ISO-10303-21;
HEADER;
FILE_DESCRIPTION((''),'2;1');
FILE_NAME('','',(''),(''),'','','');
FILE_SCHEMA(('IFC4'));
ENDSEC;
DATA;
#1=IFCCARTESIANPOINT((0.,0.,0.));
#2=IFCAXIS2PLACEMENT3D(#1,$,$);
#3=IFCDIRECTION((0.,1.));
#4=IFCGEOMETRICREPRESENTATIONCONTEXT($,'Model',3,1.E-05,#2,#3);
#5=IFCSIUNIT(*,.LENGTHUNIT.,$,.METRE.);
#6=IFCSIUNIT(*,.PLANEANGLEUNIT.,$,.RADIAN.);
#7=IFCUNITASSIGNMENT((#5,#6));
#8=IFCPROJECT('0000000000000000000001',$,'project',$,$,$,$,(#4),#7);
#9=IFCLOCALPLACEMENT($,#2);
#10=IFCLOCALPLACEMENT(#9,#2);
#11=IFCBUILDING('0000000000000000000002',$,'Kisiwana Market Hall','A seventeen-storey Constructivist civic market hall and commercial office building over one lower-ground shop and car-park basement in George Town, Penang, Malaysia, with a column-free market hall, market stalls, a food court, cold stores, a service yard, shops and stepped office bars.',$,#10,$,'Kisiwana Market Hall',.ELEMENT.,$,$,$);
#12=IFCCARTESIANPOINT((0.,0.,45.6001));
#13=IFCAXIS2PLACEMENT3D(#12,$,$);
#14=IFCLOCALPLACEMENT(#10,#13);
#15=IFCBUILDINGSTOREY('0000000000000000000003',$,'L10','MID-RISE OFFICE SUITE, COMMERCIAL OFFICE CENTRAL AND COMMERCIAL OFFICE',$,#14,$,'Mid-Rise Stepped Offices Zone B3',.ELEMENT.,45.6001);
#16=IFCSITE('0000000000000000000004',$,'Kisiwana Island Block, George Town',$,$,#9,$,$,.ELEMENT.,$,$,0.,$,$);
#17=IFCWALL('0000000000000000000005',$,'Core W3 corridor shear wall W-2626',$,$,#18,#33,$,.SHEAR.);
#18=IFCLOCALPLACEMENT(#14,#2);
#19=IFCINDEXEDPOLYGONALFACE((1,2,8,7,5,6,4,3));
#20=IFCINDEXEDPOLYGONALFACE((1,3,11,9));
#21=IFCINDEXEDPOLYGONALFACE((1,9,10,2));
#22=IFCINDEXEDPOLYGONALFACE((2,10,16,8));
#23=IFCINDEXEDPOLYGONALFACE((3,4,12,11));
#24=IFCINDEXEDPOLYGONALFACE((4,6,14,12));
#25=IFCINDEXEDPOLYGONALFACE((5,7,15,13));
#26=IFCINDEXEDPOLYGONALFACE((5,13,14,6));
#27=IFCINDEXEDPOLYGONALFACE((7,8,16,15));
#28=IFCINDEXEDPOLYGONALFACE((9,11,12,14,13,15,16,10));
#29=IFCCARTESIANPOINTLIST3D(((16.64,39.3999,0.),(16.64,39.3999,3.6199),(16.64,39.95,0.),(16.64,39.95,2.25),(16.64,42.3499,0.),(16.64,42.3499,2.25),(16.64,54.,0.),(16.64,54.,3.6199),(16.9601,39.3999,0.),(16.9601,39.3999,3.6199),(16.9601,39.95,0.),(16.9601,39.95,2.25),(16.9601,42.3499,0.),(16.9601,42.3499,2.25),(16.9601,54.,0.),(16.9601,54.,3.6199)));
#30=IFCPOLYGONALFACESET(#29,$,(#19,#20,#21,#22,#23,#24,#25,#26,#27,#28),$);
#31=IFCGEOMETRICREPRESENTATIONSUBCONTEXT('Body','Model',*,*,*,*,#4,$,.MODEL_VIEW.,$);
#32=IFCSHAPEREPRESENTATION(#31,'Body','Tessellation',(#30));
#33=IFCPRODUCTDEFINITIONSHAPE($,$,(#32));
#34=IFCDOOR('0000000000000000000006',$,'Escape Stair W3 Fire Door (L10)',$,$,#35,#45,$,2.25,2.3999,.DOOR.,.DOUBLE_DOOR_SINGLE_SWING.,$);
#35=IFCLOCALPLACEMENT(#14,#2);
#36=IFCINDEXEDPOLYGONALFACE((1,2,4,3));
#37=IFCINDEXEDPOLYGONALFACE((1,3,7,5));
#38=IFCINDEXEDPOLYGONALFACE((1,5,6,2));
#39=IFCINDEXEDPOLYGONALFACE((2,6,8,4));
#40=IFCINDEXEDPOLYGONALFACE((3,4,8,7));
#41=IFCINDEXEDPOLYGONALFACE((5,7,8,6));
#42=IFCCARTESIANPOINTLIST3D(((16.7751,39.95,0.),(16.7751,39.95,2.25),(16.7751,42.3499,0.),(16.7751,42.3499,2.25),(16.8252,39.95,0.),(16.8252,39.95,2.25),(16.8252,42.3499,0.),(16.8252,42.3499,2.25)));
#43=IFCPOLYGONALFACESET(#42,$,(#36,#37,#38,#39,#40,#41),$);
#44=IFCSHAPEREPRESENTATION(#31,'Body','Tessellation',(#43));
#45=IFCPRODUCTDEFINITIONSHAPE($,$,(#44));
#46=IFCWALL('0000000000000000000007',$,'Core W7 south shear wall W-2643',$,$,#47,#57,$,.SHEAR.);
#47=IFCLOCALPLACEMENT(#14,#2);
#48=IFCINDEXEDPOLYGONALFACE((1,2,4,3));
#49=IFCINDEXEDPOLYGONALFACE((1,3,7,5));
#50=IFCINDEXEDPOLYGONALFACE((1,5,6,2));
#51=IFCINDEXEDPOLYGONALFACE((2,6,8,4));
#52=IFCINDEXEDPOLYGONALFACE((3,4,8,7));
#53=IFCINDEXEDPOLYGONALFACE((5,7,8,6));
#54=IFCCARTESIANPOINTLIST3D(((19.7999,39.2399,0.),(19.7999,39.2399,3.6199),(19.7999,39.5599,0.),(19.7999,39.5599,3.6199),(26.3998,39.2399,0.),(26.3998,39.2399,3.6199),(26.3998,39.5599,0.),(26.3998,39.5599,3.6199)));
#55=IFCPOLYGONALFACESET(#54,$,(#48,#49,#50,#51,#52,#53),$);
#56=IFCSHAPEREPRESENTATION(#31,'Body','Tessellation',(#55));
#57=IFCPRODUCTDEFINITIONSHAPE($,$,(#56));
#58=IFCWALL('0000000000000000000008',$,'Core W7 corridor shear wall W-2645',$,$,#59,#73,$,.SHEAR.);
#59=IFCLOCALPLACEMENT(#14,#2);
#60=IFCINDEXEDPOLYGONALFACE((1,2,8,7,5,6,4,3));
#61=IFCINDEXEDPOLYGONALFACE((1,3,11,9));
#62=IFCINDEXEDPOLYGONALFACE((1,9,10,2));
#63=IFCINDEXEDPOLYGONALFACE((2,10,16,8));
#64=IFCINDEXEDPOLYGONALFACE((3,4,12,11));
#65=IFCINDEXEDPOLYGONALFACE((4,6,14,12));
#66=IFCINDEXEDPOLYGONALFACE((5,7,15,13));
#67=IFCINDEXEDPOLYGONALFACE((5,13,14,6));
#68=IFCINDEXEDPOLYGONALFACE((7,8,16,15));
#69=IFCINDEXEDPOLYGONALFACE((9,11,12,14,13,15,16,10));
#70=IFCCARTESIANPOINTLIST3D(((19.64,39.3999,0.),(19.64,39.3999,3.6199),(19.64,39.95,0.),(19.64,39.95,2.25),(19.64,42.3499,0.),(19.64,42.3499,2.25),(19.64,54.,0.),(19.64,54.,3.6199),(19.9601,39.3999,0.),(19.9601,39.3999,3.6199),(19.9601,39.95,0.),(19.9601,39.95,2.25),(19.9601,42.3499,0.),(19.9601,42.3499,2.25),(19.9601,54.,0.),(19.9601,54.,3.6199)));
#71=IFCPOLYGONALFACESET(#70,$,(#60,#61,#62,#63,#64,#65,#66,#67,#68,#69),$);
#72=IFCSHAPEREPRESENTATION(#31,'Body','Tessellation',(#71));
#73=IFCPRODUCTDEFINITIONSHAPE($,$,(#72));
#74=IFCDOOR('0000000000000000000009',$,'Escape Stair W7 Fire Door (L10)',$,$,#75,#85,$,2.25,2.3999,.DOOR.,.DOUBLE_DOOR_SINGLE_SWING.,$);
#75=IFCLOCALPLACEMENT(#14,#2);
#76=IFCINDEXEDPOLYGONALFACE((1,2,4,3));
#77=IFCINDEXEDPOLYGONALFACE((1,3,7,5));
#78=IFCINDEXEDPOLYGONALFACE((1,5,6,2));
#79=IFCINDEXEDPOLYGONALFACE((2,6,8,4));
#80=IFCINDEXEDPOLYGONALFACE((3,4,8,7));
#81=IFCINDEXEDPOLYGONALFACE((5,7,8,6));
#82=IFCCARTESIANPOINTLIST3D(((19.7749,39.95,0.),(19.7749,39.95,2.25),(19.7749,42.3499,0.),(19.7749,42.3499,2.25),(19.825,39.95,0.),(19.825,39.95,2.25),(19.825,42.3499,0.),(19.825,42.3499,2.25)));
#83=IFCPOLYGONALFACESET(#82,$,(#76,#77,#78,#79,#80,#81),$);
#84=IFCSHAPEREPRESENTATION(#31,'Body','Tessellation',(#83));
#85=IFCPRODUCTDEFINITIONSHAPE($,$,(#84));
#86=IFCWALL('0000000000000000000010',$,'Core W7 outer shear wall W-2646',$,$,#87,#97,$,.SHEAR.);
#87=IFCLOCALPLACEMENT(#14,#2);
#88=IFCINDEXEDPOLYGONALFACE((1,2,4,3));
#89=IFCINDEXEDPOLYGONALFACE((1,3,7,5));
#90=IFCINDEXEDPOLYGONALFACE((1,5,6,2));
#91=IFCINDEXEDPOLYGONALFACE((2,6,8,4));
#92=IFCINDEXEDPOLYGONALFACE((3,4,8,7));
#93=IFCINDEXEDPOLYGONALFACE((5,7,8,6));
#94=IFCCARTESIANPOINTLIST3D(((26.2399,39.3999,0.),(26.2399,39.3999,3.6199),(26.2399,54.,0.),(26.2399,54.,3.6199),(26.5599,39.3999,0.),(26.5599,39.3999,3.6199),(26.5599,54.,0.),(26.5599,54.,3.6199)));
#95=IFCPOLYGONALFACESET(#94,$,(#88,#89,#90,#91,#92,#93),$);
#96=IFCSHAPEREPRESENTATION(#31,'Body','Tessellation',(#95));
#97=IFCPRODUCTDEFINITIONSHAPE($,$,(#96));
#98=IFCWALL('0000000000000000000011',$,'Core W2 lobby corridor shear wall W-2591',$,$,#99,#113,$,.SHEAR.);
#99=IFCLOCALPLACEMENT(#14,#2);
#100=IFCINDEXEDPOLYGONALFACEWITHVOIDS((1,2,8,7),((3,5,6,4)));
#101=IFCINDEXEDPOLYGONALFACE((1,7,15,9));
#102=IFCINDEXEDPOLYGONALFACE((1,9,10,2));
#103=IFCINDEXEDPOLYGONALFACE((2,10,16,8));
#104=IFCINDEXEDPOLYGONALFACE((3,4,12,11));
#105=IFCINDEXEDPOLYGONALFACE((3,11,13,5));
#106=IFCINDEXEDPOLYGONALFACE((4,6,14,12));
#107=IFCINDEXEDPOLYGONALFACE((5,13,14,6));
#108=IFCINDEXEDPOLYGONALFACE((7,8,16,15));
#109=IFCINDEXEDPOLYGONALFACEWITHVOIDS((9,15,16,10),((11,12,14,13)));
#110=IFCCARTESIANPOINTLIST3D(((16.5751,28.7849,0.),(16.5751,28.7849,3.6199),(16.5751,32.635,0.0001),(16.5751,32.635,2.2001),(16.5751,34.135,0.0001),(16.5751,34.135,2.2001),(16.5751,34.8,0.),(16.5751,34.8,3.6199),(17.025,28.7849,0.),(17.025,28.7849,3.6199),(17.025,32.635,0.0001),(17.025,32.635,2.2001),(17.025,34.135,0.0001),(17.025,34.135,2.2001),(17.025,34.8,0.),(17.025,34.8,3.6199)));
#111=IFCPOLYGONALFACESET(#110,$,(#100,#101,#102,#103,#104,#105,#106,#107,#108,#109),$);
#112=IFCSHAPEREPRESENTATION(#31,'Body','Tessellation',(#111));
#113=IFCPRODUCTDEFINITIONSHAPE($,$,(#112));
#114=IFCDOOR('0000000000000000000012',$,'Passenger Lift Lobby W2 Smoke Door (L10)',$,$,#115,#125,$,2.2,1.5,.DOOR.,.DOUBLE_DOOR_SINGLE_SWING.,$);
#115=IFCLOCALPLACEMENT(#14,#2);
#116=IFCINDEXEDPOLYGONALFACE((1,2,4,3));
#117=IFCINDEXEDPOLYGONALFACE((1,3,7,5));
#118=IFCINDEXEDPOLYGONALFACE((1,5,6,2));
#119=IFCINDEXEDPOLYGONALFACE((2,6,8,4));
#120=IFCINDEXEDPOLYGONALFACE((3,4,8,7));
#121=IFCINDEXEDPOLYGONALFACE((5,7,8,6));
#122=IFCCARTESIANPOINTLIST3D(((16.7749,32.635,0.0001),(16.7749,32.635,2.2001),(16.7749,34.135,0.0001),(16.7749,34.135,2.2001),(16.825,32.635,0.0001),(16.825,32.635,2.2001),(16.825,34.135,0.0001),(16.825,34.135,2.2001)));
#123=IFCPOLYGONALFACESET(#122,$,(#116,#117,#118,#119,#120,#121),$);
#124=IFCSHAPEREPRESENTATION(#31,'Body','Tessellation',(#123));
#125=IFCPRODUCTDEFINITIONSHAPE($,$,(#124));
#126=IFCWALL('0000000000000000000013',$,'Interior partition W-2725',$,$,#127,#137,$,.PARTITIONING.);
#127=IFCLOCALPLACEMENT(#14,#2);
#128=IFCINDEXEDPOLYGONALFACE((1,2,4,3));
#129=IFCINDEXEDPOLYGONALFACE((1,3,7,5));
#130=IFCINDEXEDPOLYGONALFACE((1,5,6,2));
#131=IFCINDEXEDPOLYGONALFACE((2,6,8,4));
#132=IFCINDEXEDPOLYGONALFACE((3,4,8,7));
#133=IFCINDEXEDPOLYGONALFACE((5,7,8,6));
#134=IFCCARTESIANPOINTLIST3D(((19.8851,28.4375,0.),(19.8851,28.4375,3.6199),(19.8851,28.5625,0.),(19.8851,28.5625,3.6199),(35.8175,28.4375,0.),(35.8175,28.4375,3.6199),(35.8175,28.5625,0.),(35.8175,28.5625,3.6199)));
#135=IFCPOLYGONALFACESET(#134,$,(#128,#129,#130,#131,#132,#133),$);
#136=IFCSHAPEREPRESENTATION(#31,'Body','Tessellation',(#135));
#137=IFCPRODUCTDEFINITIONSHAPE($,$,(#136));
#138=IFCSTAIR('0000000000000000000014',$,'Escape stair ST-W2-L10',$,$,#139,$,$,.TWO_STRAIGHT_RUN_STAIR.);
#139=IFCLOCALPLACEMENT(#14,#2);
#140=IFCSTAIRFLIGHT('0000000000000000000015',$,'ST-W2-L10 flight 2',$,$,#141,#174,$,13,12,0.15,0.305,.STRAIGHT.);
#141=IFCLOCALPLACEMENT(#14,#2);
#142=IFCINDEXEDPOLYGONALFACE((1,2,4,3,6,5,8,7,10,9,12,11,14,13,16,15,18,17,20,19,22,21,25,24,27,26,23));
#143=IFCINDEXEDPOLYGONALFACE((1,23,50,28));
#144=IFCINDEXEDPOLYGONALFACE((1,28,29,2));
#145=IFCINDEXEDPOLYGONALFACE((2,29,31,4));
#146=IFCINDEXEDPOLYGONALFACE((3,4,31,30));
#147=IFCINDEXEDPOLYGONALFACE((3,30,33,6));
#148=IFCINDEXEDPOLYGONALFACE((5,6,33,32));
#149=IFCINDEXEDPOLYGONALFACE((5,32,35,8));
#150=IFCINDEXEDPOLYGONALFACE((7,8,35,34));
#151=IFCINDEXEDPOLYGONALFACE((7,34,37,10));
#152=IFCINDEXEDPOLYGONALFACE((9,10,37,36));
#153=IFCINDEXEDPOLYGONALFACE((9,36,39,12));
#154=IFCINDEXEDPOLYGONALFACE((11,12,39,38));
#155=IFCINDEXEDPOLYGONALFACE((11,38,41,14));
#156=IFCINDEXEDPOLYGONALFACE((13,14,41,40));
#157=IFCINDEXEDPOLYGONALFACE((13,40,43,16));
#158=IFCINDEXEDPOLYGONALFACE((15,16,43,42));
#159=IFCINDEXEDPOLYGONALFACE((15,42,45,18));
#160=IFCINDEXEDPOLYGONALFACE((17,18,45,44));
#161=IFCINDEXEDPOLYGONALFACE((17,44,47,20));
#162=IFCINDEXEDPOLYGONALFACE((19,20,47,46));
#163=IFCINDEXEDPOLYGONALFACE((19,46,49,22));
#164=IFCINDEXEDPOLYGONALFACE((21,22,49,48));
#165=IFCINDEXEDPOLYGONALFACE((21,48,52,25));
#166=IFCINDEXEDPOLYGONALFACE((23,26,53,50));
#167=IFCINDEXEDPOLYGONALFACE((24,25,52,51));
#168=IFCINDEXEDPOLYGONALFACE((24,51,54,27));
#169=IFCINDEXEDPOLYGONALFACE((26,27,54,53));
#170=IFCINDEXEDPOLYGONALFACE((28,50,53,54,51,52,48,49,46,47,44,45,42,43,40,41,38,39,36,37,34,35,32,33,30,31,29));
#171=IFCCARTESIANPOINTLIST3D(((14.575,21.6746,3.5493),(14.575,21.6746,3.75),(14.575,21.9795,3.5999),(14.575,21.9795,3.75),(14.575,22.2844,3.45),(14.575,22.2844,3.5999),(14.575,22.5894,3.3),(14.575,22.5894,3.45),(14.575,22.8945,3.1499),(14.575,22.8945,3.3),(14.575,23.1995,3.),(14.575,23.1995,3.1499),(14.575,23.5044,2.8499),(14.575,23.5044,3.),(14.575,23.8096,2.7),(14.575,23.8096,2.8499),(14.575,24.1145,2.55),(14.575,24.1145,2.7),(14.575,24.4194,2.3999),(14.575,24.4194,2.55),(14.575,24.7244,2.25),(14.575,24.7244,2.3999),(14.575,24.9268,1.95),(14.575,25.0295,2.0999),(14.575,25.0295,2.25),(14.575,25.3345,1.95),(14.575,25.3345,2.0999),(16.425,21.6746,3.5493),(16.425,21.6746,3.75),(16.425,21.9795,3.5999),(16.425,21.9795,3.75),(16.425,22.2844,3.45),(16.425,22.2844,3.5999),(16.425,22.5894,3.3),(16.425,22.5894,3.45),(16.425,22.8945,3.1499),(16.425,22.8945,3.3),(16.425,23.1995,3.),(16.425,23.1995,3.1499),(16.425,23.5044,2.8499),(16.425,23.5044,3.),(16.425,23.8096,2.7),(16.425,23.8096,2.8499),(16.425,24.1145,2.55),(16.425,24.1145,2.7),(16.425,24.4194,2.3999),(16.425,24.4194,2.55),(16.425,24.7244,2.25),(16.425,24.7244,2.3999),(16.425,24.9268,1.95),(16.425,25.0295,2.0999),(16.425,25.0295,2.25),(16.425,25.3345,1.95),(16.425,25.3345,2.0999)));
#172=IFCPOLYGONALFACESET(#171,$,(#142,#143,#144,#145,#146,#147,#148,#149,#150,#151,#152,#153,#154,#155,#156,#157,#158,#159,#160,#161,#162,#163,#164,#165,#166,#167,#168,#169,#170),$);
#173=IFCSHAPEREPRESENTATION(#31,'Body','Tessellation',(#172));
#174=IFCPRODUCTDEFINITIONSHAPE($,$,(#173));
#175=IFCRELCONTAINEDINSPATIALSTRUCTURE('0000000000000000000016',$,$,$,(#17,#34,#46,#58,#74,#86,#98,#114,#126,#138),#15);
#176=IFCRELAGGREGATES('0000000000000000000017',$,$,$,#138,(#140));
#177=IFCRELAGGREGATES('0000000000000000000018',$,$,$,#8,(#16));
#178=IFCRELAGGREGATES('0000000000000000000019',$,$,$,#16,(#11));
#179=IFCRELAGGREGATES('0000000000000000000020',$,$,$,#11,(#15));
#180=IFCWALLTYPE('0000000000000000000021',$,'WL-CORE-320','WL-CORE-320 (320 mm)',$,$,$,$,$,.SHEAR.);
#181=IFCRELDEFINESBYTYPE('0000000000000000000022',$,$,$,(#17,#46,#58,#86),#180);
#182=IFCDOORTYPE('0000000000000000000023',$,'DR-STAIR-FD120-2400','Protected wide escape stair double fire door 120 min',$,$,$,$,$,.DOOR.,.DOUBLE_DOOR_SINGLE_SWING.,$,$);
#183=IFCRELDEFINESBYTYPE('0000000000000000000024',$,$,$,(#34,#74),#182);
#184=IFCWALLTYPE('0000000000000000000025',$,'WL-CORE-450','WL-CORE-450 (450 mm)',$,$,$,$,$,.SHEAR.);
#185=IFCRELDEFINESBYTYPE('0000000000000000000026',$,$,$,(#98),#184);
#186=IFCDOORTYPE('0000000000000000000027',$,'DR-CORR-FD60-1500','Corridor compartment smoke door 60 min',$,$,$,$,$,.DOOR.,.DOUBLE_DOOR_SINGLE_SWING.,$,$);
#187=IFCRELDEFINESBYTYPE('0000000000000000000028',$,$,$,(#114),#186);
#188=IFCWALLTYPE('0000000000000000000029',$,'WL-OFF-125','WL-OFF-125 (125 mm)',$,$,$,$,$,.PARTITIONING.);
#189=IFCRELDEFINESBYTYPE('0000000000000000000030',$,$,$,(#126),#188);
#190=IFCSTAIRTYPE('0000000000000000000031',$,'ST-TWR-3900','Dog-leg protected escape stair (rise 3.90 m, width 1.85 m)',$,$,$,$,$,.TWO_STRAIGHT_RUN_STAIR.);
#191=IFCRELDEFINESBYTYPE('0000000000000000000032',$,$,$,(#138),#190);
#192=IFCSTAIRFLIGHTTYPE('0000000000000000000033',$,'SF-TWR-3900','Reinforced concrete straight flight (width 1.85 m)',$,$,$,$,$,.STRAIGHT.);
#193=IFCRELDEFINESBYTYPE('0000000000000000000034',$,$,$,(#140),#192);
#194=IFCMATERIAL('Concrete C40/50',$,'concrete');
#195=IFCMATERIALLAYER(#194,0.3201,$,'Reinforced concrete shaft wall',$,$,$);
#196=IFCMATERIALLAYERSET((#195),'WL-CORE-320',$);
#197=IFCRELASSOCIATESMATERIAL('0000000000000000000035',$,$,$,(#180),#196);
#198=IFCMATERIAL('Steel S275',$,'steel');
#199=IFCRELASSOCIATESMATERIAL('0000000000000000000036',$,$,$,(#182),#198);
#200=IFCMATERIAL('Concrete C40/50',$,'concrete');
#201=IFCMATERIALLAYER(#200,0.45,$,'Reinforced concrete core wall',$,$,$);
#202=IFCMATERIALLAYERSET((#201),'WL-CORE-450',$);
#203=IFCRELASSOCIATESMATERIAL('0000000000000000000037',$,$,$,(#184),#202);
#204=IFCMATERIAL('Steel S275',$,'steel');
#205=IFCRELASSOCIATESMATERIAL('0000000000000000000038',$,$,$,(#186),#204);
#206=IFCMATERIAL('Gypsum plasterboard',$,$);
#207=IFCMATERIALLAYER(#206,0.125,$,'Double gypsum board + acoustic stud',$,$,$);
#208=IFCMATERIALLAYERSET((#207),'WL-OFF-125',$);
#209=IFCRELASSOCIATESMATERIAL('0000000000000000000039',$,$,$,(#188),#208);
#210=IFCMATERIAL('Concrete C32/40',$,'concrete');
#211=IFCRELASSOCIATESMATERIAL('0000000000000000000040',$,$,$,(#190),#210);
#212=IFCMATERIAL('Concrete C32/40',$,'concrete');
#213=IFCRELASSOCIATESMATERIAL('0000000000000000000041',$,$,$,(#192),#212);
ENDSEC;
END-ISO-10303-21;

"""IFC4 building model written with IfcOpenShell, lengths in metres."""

from ifc_helpers import new_model, si_unit, direction, frame, frame_2d, origin, place, context, subcontext, project, spatial, polyline, rectangle, outline, extrude, material, layer, layer_set, type_object, element, fill, aggregate, save


model = new_model("IFC4")

# Units and contexts
model_context = context("Model", 3, precision=1e-05, world=origin(), true_north=direction((0.0, 1.0)))
body_context = subcontext(model_context, "Body", "Model", "MODEL_VIEW")
ifc_project = project(units=[si_unit("LENGTHUNIT", "METRE"), si_unit("PLANEANGLEUNIT", "RADIAN")], contexts=[model_context])

# Site, building, storey
site_placement = place(None, origin())
site = spatial("IfcSite", under=ifc_project, at=site_placement, Name="Kisiwana Island Block, George Town", CompositionType="ELEMENT", RefElevation=0.0)
building_placement = place(site_placement, origin())
building = spatial("IfcBuilding", under=site, at=building_placement, Name="Kisiwana Market Hall", Description="A seventeen-storey Constructivist civic market hall and commercial office building over one lower-ground shop and car-park basement in George Town, Penang, Malaysia, with a column-free market hall, market stalls, a food court, cold stores, a service yard, shops and stepped office bars.", LongName="Kisiwana Market Hall", CompositionType="ELEMENT")
storey_placement = place(building_placement, frame((0.0, 0.0, 45.6001)))
storey = spatial("IfcBuildingStorey", under=building, at=storey_placement, Name="L10", Description="MID-RISE OFFICE SUITE, COMMERCIAL OFFICE CENTRAL AND COMMERCIAL OFFICE", LongName="Mid-Rise Stepped Offices Zone B3", CompositionType="ELEMENT", Elevation=45.6001)

# Wall, opening, door
ifc_material_1 = material(Name="Concrete C40/50", Category="concrete")
ifc_layer_1 = layer(ifc_material_1, 0.3201, Name="Reinforced concrete shaft wall")
ifc_layer_set_1 = layer_set([ifc_layer_1], Name="WL-CORE-320")
wall_type_1 = type_object("IfcWallType", Name="WL-CORE-320", Description="WL-CORE-320 (320 mm)", PredefinedType="SHEAR", material=ifc_layer_set_1)
wall_1_placement = place(storey_placement, frame((16.8, 39.3999, 0.0), z_axis=(0.0, 0.0, 1.0), x_axis=(0.0, 1.0, 0.0)))
wall_1 = element("IfcWall", 1, at=wall_1_placement, inside=storey, type_object=wall_type_1, Name="Core W3 corridor shear wall W-2626", PredefinedType="SHEAR", context=body_context, shape_type="SweptSolid", body=[
    extrude(rectangle(XDim=14.6001, YDim=0.3201, at=frame_2d((7.3, 0.0))), origin(), (0.0, 0.0, 1.0), 3.6199),
])
opening_1_placement = place(wall_1_placement, frame((0.55, 0.0, 0.0)))
opening_1 = element("IfcOpeningElement", 2, at=opening_1_placement, cuts=wall_1, PredefinedType="OPENING", context=body_context, shape_type="SweptSolid", body=[
    extrude(rectangle(XDim=2.3999, YDim=2.25, at=frame_2d((1.2, 1.125))), frame((0.0, 0.1719, 0.0), z_axis=(0.0, -1.0, 0.0), x_axis=(1.0, 0.0, 0.0)), (0.0, 0.0, 1.0), 0.344),
])
ifc_material_2 = material(Name="Steel S275", Category="steel")
door_type_1 = type_object("IfcDoorType", Name="DR-STAIR-FD120-2400", Description="Protected wide escape stair double fire door 120 min", OperationType="DOUBLE_DOOR_SINGLE_SWING", PredefinedType="DOOR", material=ifc_material_2)
door_1_placement = place(opening_1_placement, origin())
door_1 = element("IfcDoor", 3, at=door_1_placement, inside=storey, type_object=door_type_1, Name="Escape Stair W3 Fire Door (L10)", OperationType="DOUBLE_DOOR_SINGLE_SWING", OverallHeight=2.25, OverallWidth=2.3999, PredefinedType="DOOR", context=body_context, shape_type="SweptSolid", body=[
    extrude(rectangle(XDim=2.3999, YDim=2.25, at=frame_2d((1.2, 1.125))), frame((0.0, 0.0249, 0.0), z_axis=(0.0, -1.0, 0.0), x_axis=(1.0, 0.0, 0.0)), (0.0, 0.0, 1.0), 0.05),
])
fill(opening_1, door_1)

# Wall
wall_2_placement = place(storey_placement, frame((19.8, 39.3999, 0.0), z_axis=(0.0, 0.0, 1.0), x_axis=(1.0, 0.0, 0.0)))
element("IfcWall", 4, at=wall_2_placement, inside=storey, type_object=wall_type_1, Name="Core W7 south shear wall W-2643", PredefinedType="SHEAR", context=body_context, shape_type="SweptSolid", body=[
    extrude(rectangle(XDim=6.5999, YDim=0.3201, at=frame_2d((3.2998, 0.0))), origin(), (0.0, 0.0, 1.0), 3.6199),
])

# Wall, opening, door
wall_3_placement = place(storey_placement, frame((19.8, 39.3999, 0.0), z_axis=(0.0, 0.0, 1.0), x_axis=(0.0, 1.0, 0.0)))
wall_3 = element("IfcWall", 5, at=wall_3_placement, inside=storey, type_object=wall_type_1, Name="Core W7 corridor shear wall W-2645", PredefinedType="SHEAR", context=body_context, shape_type="SweptSolid", body=[
    extrude(rectangle(XDim=14.6001, YDim=0.3201, at=frame_2d((7.3, 0.0))), origin(), (0.0, 0.0, 1.0), 3.6199),
])
opening_2_placement = place(wall_3_placement, frame((0.55, 0.0, 0.0)))
opening_2 = element("IfcOpeningElement", 6, at=opening_2_placement, cuts=wall_3, PredefinedType="OPENING", context=body_context, shape_type="SweptSolid", body=[
    extrude(rectangle(XDim=2.3999, YDim=2.25, at=frame_2d((1.2, 1.125))), frame((0.0, 0.1719, 0.0), z_axis=(0.0, -1.0, 0.0), x_axis=(1.0, 0.0, 0.0)), (0.0, 0.0, 1.0), 0.344),
])
door_2_placement = place(opening_2_placement, frame((2.3999, 0.0, 0.0), z_axis=(0.0, 0.0, 1.0), x_axis=(-1.0, 0.0, 0.0)))
door_2 = element("IfcDoor", 7, at=door_2_placement, inside=storey, type_object=door_type_1, Name="Escape Stair W7 Fire Door (L10)", OperationType="DOUBLE_DOOR_SINGLE_SWING", OverallHeight=2.25, OverallWidth=2.3999, PredefinedType="DOOR", context=body_context, shape_type="SweptSolid", body=[
    extrude(rectangle(XDim=2.3999, YDim=2.25, at=frame_2d((1.2, 1.125))), frame((0.0, 0.0249, 0.0), z_axis=(0.0, -1.0, 0.0), x_axis=(1.0, 0.0, 0.0)), (0.0, 0.0, 1.0), 0.05),
])
fill(opening_2, door_2)

# Wall
wall_4_placement = place(storey_placement, frame((26.3999, 39.3999, 0.0), z_axis=(0.0, 0.0, 1.0), x_axis=(0.0, 1.0, 0.0)))
element("IfcWall", 8, at=wall_4_placement, inside=storey, type_object=wall_type_1, Name="Core W7 outer shear wall W-2646", PredefinedType="SHEAR", context=body_context, shape_type="SweptSolid", body=[
    extrude(rectangle(XDim=14.6001, YDim=0.3201, at=frame_2d((7.3, 0.0))), origin(), (0.0, 0.0, 1.0), 3.6199),
])

# Wall, opening, door
ifc_material_3 = material(Name="Concrete C40/50", Category="concrete")
ifc_layer_2 = layer(ifc_material_3, 0.45, Name="Reinforced concrete core wall")
ifc_layer_set_2 = layer_set([ifc_layer_2], Name="WL-CORE-450")
wall_type_2 = type_object("IfcWallType", Name="WL-CORE-450", Description="WL-CORE-450 (450 mm)", PredefinedType="SHEAR", material=ifc_layer_set_2)
wall_5_placement = place(storey_placement, frame((16.8, 28.7849, 0.0), z_axis=(0.0, 0.0, 1.0), x_axis=(0.0, 1.0, 0.0)))
wall_5 = element("IfcWall", 9, at=wall_5_placement, inside=storey, type_object=wall_type_2, Name="Core W2 lobby corridor shear wall W-2591", PredefinedType="SHEAR", context=body_context, shape_type="SweptSolid", body=[
    extrude(rectangle(XDim=6.0151, YDim=0.45, at=frame_2d((3.0076, 0.0))), origin(), (0.0, 0.0, 1.0), 3.6199),
])
opening_3_placement = place(wall_5_placement, frame((3.8501, 0.0, 0.0)))
opening_3 = element("IfcOpeningElement", 10, at=opening_3_placement, cuts=wall_5, PredefinedType="OPENING", context=body_context, shape_type="SweptSolid", body=[
    extrude(rectangle(XDim=1.5, YDim=2.2, at=frame_2d((0.75, 1.1001))), frame((0.0, 0.2368, 0.0), z_axis=(0.0, -1.0, 0.0), x_axis=(1.0, 0.0, 0.0)), (0.0, 0.0, 1.0), 0.4739),
])
ifc_material_4 = material(Name="Steel S275", Category="steel")
door_type_2 = type_object("IfcDoorType", Name="DR-CORR-FD60-1500", Description="Corridor compartment smoke door 60 min", OperationType="DOUBLE_DOOR_SINGLE_SWING", PredefinedType="DOOR", material=ifc_material_4)
door_3_placement = place(opening_3_placement, frame((1.5, 0.0, 0.0), z_axis=(0.0, 0.0, 1.0), x_axis=(-1.0, 0.0, 0.0)))
door_3 = element("IfcDoor", 11, at=door_3_placement, inside=storey, type_object=door_type_2, Name="Passenger Lift Lobby W2 Smoke Door (L10)", OperationType="DOUBLE_DOOR_SINGLE_SWING", OverallHeight=2.2, OverallWidth=1.5, PredefinedType="DOOR", context=body_context, shape_type="SweptSolid", body=[
    extrude(rectangle(XDim=1.5, YDim=2.2, at=frame_2d((0.75, 1.1001))), frame((0.0, 0.0249, 0.0), z_axis=(0.0, -1.0, 0.0), x_axis=(1.0, 0.0, 0.0)), (0.0, 0.0, 1.0), 0.05),
])
fill(opening_3, door_3)

# Wall
ifc_material_5 = material(Name="Gypsum plasterboard")
ifc_layer_3 = layer(ifc_material_5, 0.125, Name="Double gypsum board + acoustic stud")
ifc_layer_set_3 = layer_set([ifc_layer_3], Name="WL-OFF-125")
wall_type_3 = type_object("IfcWallType", Name="WL-OFF-125", Description="WL-OFF-125 (125 mm)", PredefinedType="PARTITIONING", material=ifc_layer_set_3)
wall_6_placement = place(storey_placement, frame((19.885, 28.5, 0.0), z_axis=(0.0, 0.0, 1.0), x_axis=(1.0, 0.0, 0.0)))
element("IfcWall", 12, at=wall_6_placement, inside=storey, type_object=wall_type_3, Name="Interior partition W-2725", PredefinedType="PARTITIONING", context=body_context, shape_type="SweptSolid", body=[
    extrude(rectangle(XDim=15.9324, YDim=0.125, at=frame_2d((7.9663, 0.0))), origin(), (0.0, 0.0, 1.0), 3.6199),
])

# Stair, stair flight
ifc_material_6 = material(Name="Concrete C32/40", Category="concrete")
stair_type = type_object("IfcStairType", Name="ST-TWR-3900", Description="Dog-leg protected escape stair (rise 3.90 m, width 1.85 m)", PredefinedType="TWO_STRAIGHT_RUN_STAIR", material=ifc_material_6)
stair_placement = place(storey_placement, origin())
stair = element("IfcStair", 13, at=stair_placement, inside=storey, type_object=stair_type, Name="Escape stair ST-W2-L10", PredefinedType="TWO_STRAIGHT_RUN_STAIR")
ifc_material_7 = material(Name="Concrete C32/40", Category="concrete")
stair_flight_type = type_object("IfcStairFlightType", Name="SF-TWR-3900", Description="Reinforced concrete straight flight (width 1.85 m)", PredefinedType="STRAIGHT", material=ifc_material_7)
stair_flight_placement = place(storey_placement, frame((15.5, 25.3345, 1.95), z_axis=(0.0, 0.0, 1.0), x_axis=(0.0, -1.0, 0.0)))
stair_flight = element("IfcStairFlight", 14, at=stair_flight_placement, type_object=stair_flight_type, Name="ST-W2-L10 flight 2", NumberOfRisers=13, NumberOfTreads=12, PredefinedType="STRAIGHT", RiserHeight=0.15, TreadLength=0.305, context=body_context, shape_type="SweptSolid", body=[
    extrude(outline(polyline([(0.0, 0.0), (0.0, 0.1499), (0.3049, 0.1499), (0.3049, 0.3), (0.6101, 0.3), (0.6101, 0.45), (0.915, 0.45), (0.915, 0.6001), (1.22, 0.6001), (1.22, 0.75), (1.5249, 0.75), (1.5249, 0.8999), (1.8301, 0.8999), (1.8301, 1.05), (2.135, 1.05), (2.135, 1.2), (2.4399, 1.2), (2.4399, 1.3501), (2.7451, 1.3501), (2.7451, 1.5), (3.05, 1.5), (3.05, 1.6499), (3.355, 1.6499), (3.355, 1.8), (3.6599, 1.8), (3.6599, 1.95), (3.6599, 1.5994), (0.4077, 0.0), (0.0, 0.0)])), frame((0.0, 0.925, 0.0), z_axis=(0.0, -1.0, 0.0), x_axis=(1.0, 0.0, 0.0)), (0.0, 0.0, 1.0), 1.8501),
])
aggregate(stair, [stair_flight])

save(model, "model.ifc")
